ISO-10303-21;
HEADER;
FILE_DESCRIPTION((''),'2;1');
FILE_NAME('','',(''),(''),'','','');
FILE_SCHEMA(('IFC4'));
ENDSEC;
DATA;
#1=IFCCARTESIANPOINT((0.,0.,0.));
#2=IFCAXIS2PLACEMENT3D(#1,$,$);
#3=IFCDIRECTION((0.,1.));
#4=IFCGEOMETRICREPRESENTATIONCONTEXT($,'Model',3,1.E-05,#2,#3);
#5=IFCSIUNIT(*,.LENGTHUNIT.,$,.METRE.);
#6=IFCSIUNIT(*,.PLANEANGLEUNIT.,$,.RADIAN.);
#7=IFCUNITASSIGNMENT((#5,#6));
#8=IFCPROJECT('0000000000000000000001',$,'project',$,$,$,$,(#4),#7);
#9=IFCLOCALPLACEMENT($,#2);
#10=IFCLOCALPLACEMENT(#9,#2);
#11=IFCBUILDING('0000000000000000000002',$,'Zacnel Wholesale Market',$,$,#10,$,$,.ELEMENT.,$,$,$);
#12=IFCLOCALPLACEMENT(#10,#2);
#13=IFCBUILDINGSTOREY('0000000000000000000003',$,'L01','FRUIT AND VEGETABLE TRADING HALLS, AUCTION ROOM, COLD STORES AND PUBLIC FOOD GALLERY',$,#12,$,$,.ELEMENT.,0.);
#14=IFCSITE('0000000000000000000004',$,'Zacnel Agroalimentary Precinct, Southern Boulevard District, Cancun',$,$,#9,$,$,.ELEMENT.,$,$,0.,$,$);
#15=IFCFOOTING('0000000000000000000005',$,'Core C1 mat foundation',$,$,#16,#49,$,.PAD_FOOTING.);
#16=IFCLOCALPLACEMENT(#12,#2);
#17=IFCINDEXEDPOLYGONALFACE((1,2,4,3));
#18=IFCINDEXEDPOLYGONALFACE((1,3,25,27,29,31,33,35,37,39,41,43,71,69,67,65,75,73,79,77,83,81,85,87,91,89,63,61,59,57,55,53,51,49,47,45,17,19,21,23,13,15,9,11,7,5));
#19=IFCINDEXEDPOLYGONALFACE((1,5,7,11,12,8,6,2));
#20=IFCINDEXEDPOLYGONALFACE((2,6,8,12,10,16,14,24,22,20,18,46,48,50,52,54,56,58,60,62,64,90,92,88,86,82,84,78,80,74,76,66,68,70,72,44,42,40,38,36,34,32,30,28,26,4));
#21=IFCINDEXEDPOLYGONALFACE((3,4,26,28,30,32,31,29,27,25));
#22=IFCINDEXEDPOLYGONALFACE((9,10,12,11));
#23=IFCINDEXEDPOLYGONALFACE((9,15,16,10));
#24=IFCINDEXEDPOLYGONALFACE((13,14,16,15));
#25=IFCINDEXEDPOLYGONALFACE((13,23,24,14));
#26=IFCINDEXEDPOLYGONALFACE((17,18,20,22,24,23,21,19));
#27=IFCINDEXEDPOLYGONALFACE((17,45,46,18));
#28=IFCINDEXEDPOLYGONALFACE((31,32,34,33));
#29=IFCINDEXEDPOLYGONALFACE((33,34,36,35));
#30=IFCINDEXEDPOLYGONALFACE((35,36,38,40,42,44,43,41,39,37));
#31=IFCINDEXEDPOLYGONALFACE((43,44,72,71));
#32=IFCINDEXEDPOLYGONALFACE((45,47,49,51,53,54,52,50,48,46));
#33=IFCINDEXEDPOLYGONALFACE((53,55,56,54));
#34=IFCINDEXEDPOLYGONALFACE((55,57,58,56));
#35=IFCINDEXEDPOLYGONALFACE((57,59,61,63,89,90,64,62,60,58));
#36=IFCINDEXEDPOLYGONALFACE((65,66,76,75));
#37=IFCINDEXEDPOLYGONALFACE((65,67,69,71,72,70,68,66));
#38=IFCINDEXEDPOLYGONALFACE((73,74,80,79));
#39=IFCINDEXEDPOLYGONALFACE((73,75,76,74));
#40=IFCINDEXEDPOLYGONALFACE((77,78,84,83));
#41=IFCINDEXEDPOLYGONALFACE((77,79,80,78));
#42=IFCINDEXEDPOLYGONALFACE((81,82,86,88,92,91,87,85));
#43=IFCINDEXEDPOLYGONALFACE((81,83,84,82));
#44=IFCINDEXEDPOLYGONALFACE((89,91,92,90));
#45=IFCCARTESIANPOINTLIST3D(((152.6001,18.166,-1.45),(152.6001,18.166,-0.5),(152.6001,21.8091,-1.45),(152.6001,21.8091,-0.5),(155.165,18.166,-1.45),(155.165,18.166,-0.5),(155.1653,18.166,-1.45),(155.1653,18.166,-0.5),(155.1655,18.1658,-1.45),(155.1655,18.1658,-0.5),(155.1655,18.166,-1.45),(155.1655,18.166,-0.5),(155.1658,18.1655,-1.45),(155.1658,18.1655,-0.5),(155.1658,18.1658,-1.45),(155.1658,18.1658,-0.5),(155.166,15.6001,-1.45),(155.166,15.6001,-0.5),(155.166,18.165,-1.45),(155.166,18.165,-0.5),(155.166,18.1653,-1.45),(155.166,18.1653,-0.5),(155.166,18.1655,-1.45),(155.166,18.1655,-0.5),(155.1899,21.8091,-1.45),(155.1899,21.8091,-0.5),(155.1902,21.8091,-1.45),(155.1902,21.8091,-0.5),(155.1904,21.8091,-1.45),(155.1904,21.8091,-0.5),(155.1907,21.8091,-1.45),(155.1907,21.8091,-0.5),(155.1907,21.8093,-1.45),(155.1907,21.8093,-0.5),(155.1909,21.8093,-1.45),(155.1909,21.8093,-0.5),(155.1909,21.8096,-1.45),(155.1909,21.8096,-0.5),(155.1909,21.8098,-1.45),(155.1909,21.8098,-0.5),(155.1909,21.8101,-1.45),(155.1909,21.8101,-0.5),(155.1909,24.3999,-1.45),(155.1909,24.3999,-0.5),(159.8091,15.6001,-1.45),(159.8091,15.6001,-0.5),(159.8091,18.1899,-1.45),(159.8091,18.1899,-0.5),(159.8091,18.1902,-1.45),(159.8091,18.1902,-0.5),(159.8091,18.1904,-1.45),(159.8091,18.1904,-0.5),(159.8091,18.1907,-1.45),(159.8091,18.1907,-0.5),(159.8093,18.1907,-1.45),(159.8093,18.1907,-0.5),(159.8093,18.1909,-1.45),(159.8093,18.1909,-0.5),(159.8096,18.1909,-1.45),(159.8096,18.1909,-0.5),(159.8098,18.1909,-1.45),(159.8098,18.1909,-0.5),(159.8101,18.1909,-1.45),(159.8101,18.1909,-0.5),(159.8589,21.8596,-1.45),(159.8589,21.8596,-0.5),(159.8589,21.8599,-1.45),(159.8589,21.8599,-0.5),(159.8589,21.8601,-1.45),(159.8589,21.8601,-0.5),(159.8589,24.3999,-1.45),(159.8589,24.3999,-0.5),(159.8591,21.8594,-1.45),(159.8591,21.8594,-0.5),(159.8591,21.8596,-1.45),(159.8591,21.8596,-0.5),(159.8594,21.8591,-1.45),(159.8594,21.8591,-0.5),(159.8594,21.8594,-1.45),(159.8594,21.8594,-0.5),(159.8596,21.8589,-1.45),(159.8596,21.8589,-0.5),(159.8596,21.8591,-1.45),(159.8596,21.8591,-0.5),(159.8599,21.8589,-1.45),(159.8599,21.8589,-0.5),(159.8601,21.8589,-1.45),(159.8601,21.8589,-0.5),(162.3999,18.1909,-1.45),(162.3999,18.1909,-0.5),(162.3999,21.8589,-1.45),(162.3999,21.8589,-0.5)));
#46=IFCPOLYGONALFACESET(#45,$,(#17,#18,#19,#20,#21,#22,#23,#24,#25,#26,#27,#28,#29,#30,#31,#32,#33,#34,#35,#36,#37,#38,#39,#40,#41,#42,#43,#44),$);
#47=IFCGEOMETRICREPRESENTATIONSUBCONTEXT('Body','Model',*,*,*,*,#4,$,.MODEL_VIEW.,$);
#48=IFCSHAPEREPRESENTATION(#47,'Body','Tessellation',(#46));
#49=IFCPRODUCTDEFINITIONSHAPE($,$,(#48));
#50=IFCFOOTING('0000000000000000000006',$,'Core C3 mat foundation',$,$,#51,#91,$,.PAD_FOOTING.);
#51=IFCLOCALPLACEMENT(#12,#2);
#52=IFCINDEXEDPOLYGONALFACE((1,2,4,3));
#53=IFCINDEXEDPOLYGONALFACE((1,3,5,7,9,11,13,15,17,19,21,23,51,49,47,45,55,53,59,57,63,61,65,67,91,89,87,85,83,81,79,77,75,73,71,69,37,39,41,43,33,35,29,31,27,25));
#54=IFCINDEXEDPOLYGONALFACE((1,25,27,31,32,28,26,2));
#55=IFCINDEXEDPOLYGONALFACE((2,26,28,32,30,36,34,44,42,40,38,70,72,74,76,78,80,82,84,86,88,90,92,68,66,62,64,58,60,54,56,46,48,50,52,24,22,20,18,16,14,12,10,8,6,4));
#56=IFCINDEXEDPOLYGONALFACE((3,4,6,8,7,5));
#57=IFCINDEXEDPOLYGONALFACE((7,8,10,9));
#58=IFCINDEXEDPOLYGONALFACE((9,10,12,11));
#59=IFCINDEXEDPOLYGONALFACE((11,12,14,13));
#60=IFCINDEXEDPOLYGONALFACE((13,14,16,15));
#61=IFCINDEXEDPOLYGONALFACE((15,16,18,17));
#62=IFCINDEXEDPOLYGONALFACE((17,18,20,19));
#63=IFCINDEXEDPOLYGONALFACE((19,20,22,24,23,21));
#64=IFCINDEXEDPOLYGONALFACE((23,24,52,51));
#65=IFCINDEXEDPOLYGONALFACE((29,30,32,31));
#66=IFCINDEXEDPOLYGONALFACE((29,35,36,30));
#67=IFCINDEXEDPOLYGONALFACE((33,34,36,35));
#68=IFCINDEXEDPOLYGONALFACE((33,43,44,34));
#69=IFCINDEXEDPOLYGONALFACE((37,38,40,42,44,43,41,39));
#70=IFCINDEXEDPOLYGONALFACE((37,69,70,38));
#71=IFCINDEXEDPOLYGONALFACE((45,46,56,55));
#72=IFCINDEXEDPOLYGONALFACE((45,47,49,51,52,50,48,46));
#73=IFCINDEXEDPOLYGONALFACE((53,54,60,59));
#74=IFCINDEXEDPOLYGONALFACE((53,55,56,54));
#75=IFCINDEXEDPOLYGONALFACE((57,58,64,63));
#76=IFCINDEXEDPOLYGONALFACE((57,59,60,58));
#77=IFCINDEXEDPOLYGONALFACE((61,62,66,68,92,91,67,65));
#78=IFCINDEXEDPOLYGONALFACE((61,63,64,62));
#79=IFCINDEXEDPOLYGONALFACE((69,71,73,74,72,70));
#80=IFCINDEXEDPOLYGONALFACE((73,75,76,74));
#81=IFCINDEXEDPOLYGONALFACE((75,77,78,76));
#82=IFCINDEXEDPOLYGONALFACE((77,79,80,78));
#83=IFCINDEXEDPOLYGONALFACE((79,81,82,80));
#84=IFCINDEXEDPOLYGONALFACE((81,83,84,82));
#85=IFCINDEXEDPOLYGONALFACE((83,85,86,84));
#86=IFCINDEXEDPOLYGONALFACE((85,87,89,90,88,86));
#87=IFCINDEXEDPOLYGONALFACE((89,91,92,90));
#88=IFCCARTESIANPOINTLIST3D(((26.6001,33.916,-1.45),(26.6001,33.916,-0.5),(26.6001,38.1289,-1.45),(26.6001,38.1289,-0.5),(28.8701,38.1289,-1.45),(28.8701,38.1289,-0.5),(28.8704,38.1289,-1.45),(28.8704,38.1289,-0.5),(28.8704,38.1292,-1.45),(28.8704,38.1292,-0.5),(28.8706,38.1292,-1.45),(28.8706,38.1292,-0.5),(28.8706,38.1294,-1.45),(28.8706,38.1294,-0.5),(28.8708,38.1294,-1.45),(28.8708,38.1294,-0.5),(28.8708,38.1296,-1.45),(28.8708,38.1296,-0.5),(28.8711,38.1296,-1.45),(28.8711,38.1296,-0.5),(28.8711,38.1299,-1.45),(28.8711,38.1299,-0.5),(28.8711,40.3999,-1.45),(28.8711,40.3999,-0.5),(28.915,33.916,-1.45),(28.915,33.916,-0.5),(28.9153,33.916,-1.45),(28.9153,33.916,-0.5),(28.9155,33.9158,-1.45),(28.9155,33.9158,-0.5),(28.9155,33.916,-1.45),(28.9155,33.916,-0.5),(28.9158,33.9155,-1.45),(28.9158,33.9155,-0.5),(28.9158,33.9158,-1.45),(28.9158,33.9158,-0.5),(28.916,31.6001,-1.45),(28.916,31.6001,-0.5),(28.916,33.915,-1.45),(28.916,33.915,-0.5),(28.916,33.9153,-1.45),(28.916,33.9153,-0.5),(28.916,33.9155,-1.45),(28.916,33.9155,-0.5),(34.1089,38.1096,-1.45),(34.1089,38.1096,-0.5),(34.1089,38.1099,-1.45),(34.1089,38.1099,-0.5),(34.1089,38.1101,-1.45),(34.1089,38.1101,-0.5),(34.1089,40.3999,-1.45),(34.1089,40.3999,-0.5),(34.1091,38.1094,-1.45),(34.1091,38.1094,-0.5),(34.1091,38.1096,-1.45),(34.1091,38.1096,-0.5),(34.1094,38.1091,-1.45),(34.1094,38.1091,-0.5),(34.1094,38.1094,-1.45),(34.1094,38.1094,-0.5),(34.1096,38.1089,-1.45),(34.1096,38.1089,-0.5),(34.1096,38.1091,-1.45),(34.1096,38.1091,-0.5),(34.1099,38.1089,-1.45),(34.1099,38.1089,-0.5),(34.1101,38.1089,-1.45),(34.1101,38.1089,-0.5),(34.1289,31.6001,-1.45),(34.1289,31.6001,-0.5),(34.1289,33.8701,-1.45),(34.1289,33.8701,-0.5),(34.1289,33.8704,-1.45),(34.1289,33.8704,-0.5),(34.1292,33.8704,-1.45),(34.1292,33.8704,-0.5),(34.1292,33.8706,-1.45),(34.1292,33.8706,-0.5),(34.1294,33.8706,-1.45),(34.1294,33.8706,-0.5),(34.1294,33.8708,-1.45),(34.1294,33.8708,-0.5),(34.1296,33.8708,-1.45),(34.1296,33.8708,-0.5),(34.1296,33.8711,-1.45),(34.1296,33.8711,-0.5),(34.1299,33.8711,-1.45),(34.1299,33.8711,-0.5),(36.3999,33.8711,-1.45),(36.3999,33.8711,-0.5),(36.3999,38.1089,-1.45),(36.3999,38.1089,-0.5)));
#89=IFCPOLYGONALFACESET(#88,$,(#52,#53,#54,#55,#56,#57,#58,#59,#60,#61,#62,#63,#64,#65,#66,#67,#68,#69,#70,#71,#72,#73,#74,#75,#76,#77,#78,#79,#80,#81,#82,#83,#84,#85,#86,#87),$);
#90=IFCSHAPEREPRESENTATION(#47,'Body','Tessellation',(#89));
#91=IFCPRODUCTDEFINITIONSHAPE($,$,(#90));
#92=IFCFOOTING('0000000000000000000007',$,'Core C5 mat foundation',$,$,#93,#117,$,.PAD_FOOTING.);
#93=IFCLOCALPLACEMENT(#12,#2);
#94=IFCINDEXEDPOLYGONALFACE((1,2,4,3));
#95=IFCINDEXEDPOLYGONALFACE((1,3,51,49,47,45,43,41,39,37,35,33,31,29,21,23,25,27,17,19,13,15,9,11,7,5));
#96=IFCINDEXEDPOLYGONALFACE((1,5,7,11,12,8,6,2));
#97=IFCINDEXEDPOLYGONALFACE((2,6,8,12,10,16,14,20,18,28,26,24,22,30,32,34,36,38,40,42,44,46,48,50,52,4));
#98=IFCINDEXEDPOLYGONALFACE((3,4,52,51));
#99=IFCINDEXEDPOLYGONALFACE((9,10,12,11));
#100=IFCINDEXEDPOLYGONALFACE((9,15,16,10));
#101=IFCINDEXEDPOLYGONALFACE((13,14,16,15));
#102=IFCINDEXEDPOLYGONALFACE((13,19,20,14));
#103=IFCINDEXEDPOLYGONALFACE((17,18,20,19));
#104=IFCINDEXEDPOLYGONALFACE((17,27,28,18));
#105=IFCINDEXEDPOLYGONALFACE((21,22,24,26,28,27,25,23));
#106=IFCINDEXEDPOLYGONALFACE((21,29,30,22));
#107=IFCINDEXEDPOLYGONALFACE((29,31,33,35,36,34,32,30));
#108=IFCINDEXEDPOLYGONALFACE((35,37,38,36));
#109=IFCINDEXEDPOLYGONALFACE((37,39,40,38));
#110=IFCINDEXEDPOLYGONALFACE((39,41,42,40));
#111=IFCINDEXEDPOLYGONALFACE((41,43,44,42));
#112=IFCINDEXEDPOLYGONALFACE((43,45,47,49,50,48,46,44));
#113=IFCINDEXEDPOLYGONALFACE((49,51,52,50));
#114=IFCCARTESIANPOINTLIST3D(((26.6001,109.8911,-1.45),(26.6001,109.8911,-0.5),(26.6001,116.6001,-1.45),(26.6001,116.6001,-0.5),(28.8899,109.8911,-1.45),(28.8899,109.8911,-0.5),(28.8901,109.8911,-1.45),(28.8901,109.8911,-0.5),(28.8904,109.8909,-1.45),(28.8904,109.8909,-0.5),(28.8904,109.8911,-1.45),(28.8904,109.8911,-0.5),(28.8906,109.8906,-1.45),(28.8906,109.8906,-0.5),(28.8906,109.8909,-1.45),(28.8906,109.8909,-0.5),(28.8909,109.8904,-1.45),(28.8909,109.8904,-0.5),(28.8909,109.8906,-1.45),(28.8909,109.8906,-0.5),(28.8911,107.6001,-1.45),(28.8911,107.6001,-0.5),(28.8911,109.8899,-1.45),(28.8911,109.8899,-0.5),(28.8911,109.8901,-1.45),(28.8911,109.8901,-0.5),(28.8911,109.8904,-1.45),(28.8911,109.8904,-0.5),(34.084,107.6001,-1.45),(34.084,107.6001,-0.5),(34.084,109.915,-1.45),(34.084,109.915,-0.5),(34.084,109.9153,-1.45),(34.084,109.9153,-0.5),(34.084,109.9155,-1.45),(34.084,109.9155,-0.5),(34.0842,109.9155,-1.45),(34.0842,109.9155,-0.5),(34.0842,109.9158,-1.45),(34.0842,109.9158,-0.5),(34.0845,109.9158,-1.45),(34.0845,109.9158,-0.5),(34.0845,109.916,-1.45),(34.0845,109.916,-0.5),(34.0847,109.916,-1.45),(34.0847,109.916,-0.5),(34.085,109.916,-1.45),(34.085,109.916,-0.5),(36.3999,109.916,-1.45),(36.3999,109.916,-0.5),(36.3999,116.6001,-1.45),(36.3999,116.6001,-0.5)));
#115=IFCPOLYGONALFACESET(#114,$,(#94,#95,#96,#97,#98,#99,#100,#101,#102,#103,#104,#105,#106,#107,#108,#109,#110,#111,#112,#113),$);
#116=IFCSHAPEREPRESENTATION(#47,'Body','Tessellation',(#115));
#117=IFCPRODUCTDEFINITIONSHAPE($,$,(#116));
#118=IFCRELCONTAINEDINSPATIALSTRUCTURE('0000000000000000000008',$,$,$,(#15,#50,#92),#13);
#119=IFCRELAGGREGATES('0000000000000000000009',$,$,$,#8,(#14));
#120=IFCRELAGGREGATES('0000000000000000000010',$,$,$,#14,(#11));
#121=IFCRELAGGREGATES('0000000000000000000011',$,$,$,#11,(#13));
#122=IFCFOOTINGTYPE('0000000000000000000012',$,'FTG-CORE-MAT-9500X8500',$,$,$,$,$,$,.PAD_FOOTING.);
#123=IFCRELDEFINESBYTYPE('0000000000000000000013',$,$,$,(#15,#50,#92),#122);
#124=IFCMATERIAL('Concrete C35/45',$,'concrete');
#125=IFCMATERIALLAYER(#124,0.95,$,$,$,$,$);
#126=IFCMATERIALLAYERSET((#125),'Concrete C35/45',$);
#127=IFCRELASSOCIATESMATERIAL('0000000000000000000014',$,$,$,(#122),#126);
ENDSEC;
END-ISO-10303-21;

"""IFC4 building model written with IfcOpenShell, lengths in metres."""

from ifc_helpers import new_model, si_unit, direction, frame, origin, place, context, subcontext, project, spatial, polyline, outline, extrude, material, layer, layer_set, type_object, element, save


model = new_model("IFC4")

# Units and contexts
model_context = context("Model", 3, precision=1e-05, world=origin(), true_north=direction((0.0, 1.0)))
body_context = subcontext(model_context, "Body", "Model", "MODEL_VIEW")
ifc_project = project(units=[si_unit("LENGTHUNIT", "METRE"), si_unit("PLANEANGLEUNIT", "RADIAN")], contexts=[model_context])

# Site, building, storey
site_placement = place(None, origin())
site = spatial("IfcSite", under=ifc_project, at=site_placement, Name="Zacnel Agroalimentary Precinct, Southern Boulevard District, Cancun", CompositionType="ELEMENT", RefElevation=0.0)
building_placement = place(site_placement, origin())
building = spatial("IfcBuilding", under=site, at=building_placement, Name="Zacnel Wholesale Market", CompositionType="ELEMENT")
storey_placement = place(building_placement, origin())
storey = spatial("IfcBuildingStorey", under=building, at=storey_placement, Name="L01", Description="FRUIT AND VEGETABLE TRADING HALLS, AUCTION ROOM, COLD STORES AND PUBLIC FOOD GALLERY", CompositionType="ELEMENT", Elevation=0.0)

# Footings
ifc_material_1 = material(Name="Concrete C35/45", Category="concrete")
ifc_layer_1 = layer(ifc_material_1, 0.95)
ifc_layer_set_1 = layer_set([ifc_layer_1], Name="Concrete C35/45")
footing_type_1 = type_object("IfcFootingType", Name="FTG-CORE-MAT-9500X8500", PredefinedType="PAD_FOOTING", material=ifc_layer_set_1)
footing_1_placement = place(storey_placement, frame((0.0, 0.0, -1.45)))
element("IfcFooting", 1, at=footing_1_placement, inside=storey, type_object=footing_type_1, Name="Core C1 mat foundation", PredefinedType="PAD_FOOTING", context=body_context, shape_type="SweptSolid", body=[
    extrude(outline(polyline([(159.8101, 18.1909), (159.8098, 18.1909), (159.8098, 18.1909), (159.8098, 18.1909), (159.8096, 18.1909), (159.8096, 18.1909), (159.8093, 18.1909), (159.8093, 18.1909), (159.8093, 18.1907), (159.8091, 18.1907), (159.8091, 18.1907), (159.8091, 18.1904), (159.8091, 18.1904), (159.8091, 18.1902), (159.8091, 18.1902), (159.8091, 18.1902), (159.8091, 18.1899), (159.8091, 15.6001), (155.166, 15.6001), (155.166, 18.165), (155.166, 18.165), (155.166, 18.1653), (155.166, 18.1653), (155.166, 18.1653), (155.166, 18.1655), (155.1658, 18.1655), (155.1658, 18.1655), (155.1658, 18.1658), (155.1655, 18.1658), (155.1655, 18.1658), (155.1655, 18.166), (155.1653, 18.166), (155.1653, 18.166), (155.1653, 18.166), (155.165, 18.166), (155.165, 18.166), (152.6001, 18.166), (152.6001, 21.8091), (155.1899, 21.8091), (155.1902, 21.8091), (155.1902, 21.8091), (155.1902, 21.8091), (155.1904, 21.8091), (155.1904, 21.8091), (155.1907, 21.8091), (155.1907, 21.8091), (155.1907, 21.8093), (155.1909, 21.8093), (155.1909, 21.8093), (155.1909, 21.8096), (155.1909, 21.8096), (155.1909, 21.8098), (155.1909, 21.8098), (155.1909, 21.8098), (155.1909, 21.8101), (155.1909, 24.3999), (159.8589, 24.3999), (159.8589, 21.8601), (159.8589, 21.8599), (159.8589, 21.8599), (159.8589, 21.8596), (159.8591, 21.8596), (159.8591, 21.8596), (159.8591, 21.8594), (159.8591, 21.8594), (159.8594, 21.8594), (159.8594, 21.8591), (159.8594, 21.8591), (159.8596, 21.8591), (159.8596, 21.8591), (159.8596, 21.8589), (159.8599, 21.8589), (159.8599, 21.8589), (159.8601, 21.8589), (162.3999, 21.8589), (162.3999, 18.1909), (159.8101, 18.1909)])), origin(), (0.0, 0.0, 1.0), 0.95),
])
footing_2_placement = place(storey_placement, frame((0.0, 0.0, -1.45)))
element("IfcFooting", 2, at=footing_2_placement, inside=storey, type_object=footing_type_1, Name="Core C3 mat foundation", PredefinedType="PAD_FOOTING", context=body_context, shape_type="SweptSolid", body=[
    extrude(outline(polyline([(34.1299, 33.8711), (34.1299, 33.8711), (34.1299, 33.8711), (34.1296, 33.8711), (34.1296, 33.8708), (34.1294, 33.8708), (34.1294, 33.8708), (34.1294, 33.8708), (34.1294, 33.8706), (34.1292, 33.8706), (34.1292, 33.8706), (34.1292, 33.8706), (34.1292, 33.8704), (34.1289, 33.8704), (34.1289, 33.8701), (34.1289, 33.8701), (34.1289, 33.8701), (34.1289, 31.6001), (28.916, 31.6001), (28.916, 33.915), (28.916, 33.915), (28.916, 33.9153), (28.916, 33.9153), (28.916, 33.9153), (28.916, 33.9155), (28.9158, 33.9155), (28.9158, 33.9155), (28.9158, 33.9158), (28.9155, 33.9158), (28.9155, 33.9158), (28.9155, 33.916), (28.9153, 33.916), (28.9153, 33.916), (28.9153, 33.916), (28.915, 33.916), (28.915, 33.916), (26.6001, 33.916), (26.6001, 38.1289), (28.8701, 38.1289), (28.8701, 38.1289), (28.8701, 38.1289), (28.8704, 38.1289), (28.8704, 38.1292), (28.8706, 38.1292), (28.8706, 38.1292), (28.8706, 38.1292), (28.8706, 38.1294), (28.8708, 38.1294), (28.8708, 38.1294), (28.8708, 38.1294), (28.8708, 38.1296), (28.8711, 38.1296), (28.8711, 38.1299), (28.8711, 38.1299), (28.8711, 38.1299), (28.8711, 40.3999), (34.1089, 40.3999), (34.1089, 38.1101), (34.1089, 38.1099), (34.1089, 38.1099), (34.1089, 38.1096), (34.1091, 38.1096), (34.1091, 38.1096), (34.1091, 38.1094), (34.1091, 38.1094), (34.1094, 38.1094), (34.1094, 38.1091), (34.1094, 38.1091), (34.1096, 38.1091), (34.1096, 38.1091), (34.1096, 38.1089), (34.1099, 38.1089), (34.1099, 38.1089), (34.1101, 38.1089), (36.3999, 38.1089), (36.3999, 33.8711), (34.1299, 33.8711)])), origin(), (0.0, 0.0, 1.0), 0.95),
])
footing_3_placement = place(storey_placement, frame((0.0, 0.0, -1.45)))
element("IfcFooting", 3, at=footing_3_placement, inside=storey, type_object=footing_type_1, Name="Core C5 mat foundation", PredefinedType="PAD_FOOTING", context=body_context, shape_type="SweptSolid", body=[
    extrude(outline(polyline([(36.3999, 116.6001), (36.3999, 109.916), (34.085, 109.916), (34.085, 109.916), (34.0847, 109.916), (34.0847, 109.916), (34.0847, 109.916), (34.0845, 109.916), (34.0845, 109.9158), (34.0845, 109.9158), (34.0842, 109.9158), (34.0842, 109.9155), (34.0842, 109.9155), (34.084, 109.9155), (34.084, 109.9153), (34.084, 109.9153), (34.084, 109.9153), (34.084, 109.915), (34.084, 109.915), (34.084, 107.6001), (28.8911, 107.6001), (28.8911, 109.8899), (28.8911, 109.8901), (28.8911, 109.8901), (28.8911, 109.8904), (28.8909, 109.8904), (28.8909, 109.8904), (28.8909, 109.8906), (28.8909, 109.8906), (28.8906, 109.8906), (28.8906, 109.8909), (28.8906, 109.8909), (28.8904, 109.8909), (28.8904, 109.8909), (28.8904, 109.8911), (28.8901, 109.8911), (28.8901, 109.8911), (28.8899, 109.8911), (26.6001, 109.8911), (26.6001, 116.6001), (36.3999, 116.6001)])), origin(), (0.0, 0.0, 1.0), 0.95),
])

save(model, "model.ifc")
